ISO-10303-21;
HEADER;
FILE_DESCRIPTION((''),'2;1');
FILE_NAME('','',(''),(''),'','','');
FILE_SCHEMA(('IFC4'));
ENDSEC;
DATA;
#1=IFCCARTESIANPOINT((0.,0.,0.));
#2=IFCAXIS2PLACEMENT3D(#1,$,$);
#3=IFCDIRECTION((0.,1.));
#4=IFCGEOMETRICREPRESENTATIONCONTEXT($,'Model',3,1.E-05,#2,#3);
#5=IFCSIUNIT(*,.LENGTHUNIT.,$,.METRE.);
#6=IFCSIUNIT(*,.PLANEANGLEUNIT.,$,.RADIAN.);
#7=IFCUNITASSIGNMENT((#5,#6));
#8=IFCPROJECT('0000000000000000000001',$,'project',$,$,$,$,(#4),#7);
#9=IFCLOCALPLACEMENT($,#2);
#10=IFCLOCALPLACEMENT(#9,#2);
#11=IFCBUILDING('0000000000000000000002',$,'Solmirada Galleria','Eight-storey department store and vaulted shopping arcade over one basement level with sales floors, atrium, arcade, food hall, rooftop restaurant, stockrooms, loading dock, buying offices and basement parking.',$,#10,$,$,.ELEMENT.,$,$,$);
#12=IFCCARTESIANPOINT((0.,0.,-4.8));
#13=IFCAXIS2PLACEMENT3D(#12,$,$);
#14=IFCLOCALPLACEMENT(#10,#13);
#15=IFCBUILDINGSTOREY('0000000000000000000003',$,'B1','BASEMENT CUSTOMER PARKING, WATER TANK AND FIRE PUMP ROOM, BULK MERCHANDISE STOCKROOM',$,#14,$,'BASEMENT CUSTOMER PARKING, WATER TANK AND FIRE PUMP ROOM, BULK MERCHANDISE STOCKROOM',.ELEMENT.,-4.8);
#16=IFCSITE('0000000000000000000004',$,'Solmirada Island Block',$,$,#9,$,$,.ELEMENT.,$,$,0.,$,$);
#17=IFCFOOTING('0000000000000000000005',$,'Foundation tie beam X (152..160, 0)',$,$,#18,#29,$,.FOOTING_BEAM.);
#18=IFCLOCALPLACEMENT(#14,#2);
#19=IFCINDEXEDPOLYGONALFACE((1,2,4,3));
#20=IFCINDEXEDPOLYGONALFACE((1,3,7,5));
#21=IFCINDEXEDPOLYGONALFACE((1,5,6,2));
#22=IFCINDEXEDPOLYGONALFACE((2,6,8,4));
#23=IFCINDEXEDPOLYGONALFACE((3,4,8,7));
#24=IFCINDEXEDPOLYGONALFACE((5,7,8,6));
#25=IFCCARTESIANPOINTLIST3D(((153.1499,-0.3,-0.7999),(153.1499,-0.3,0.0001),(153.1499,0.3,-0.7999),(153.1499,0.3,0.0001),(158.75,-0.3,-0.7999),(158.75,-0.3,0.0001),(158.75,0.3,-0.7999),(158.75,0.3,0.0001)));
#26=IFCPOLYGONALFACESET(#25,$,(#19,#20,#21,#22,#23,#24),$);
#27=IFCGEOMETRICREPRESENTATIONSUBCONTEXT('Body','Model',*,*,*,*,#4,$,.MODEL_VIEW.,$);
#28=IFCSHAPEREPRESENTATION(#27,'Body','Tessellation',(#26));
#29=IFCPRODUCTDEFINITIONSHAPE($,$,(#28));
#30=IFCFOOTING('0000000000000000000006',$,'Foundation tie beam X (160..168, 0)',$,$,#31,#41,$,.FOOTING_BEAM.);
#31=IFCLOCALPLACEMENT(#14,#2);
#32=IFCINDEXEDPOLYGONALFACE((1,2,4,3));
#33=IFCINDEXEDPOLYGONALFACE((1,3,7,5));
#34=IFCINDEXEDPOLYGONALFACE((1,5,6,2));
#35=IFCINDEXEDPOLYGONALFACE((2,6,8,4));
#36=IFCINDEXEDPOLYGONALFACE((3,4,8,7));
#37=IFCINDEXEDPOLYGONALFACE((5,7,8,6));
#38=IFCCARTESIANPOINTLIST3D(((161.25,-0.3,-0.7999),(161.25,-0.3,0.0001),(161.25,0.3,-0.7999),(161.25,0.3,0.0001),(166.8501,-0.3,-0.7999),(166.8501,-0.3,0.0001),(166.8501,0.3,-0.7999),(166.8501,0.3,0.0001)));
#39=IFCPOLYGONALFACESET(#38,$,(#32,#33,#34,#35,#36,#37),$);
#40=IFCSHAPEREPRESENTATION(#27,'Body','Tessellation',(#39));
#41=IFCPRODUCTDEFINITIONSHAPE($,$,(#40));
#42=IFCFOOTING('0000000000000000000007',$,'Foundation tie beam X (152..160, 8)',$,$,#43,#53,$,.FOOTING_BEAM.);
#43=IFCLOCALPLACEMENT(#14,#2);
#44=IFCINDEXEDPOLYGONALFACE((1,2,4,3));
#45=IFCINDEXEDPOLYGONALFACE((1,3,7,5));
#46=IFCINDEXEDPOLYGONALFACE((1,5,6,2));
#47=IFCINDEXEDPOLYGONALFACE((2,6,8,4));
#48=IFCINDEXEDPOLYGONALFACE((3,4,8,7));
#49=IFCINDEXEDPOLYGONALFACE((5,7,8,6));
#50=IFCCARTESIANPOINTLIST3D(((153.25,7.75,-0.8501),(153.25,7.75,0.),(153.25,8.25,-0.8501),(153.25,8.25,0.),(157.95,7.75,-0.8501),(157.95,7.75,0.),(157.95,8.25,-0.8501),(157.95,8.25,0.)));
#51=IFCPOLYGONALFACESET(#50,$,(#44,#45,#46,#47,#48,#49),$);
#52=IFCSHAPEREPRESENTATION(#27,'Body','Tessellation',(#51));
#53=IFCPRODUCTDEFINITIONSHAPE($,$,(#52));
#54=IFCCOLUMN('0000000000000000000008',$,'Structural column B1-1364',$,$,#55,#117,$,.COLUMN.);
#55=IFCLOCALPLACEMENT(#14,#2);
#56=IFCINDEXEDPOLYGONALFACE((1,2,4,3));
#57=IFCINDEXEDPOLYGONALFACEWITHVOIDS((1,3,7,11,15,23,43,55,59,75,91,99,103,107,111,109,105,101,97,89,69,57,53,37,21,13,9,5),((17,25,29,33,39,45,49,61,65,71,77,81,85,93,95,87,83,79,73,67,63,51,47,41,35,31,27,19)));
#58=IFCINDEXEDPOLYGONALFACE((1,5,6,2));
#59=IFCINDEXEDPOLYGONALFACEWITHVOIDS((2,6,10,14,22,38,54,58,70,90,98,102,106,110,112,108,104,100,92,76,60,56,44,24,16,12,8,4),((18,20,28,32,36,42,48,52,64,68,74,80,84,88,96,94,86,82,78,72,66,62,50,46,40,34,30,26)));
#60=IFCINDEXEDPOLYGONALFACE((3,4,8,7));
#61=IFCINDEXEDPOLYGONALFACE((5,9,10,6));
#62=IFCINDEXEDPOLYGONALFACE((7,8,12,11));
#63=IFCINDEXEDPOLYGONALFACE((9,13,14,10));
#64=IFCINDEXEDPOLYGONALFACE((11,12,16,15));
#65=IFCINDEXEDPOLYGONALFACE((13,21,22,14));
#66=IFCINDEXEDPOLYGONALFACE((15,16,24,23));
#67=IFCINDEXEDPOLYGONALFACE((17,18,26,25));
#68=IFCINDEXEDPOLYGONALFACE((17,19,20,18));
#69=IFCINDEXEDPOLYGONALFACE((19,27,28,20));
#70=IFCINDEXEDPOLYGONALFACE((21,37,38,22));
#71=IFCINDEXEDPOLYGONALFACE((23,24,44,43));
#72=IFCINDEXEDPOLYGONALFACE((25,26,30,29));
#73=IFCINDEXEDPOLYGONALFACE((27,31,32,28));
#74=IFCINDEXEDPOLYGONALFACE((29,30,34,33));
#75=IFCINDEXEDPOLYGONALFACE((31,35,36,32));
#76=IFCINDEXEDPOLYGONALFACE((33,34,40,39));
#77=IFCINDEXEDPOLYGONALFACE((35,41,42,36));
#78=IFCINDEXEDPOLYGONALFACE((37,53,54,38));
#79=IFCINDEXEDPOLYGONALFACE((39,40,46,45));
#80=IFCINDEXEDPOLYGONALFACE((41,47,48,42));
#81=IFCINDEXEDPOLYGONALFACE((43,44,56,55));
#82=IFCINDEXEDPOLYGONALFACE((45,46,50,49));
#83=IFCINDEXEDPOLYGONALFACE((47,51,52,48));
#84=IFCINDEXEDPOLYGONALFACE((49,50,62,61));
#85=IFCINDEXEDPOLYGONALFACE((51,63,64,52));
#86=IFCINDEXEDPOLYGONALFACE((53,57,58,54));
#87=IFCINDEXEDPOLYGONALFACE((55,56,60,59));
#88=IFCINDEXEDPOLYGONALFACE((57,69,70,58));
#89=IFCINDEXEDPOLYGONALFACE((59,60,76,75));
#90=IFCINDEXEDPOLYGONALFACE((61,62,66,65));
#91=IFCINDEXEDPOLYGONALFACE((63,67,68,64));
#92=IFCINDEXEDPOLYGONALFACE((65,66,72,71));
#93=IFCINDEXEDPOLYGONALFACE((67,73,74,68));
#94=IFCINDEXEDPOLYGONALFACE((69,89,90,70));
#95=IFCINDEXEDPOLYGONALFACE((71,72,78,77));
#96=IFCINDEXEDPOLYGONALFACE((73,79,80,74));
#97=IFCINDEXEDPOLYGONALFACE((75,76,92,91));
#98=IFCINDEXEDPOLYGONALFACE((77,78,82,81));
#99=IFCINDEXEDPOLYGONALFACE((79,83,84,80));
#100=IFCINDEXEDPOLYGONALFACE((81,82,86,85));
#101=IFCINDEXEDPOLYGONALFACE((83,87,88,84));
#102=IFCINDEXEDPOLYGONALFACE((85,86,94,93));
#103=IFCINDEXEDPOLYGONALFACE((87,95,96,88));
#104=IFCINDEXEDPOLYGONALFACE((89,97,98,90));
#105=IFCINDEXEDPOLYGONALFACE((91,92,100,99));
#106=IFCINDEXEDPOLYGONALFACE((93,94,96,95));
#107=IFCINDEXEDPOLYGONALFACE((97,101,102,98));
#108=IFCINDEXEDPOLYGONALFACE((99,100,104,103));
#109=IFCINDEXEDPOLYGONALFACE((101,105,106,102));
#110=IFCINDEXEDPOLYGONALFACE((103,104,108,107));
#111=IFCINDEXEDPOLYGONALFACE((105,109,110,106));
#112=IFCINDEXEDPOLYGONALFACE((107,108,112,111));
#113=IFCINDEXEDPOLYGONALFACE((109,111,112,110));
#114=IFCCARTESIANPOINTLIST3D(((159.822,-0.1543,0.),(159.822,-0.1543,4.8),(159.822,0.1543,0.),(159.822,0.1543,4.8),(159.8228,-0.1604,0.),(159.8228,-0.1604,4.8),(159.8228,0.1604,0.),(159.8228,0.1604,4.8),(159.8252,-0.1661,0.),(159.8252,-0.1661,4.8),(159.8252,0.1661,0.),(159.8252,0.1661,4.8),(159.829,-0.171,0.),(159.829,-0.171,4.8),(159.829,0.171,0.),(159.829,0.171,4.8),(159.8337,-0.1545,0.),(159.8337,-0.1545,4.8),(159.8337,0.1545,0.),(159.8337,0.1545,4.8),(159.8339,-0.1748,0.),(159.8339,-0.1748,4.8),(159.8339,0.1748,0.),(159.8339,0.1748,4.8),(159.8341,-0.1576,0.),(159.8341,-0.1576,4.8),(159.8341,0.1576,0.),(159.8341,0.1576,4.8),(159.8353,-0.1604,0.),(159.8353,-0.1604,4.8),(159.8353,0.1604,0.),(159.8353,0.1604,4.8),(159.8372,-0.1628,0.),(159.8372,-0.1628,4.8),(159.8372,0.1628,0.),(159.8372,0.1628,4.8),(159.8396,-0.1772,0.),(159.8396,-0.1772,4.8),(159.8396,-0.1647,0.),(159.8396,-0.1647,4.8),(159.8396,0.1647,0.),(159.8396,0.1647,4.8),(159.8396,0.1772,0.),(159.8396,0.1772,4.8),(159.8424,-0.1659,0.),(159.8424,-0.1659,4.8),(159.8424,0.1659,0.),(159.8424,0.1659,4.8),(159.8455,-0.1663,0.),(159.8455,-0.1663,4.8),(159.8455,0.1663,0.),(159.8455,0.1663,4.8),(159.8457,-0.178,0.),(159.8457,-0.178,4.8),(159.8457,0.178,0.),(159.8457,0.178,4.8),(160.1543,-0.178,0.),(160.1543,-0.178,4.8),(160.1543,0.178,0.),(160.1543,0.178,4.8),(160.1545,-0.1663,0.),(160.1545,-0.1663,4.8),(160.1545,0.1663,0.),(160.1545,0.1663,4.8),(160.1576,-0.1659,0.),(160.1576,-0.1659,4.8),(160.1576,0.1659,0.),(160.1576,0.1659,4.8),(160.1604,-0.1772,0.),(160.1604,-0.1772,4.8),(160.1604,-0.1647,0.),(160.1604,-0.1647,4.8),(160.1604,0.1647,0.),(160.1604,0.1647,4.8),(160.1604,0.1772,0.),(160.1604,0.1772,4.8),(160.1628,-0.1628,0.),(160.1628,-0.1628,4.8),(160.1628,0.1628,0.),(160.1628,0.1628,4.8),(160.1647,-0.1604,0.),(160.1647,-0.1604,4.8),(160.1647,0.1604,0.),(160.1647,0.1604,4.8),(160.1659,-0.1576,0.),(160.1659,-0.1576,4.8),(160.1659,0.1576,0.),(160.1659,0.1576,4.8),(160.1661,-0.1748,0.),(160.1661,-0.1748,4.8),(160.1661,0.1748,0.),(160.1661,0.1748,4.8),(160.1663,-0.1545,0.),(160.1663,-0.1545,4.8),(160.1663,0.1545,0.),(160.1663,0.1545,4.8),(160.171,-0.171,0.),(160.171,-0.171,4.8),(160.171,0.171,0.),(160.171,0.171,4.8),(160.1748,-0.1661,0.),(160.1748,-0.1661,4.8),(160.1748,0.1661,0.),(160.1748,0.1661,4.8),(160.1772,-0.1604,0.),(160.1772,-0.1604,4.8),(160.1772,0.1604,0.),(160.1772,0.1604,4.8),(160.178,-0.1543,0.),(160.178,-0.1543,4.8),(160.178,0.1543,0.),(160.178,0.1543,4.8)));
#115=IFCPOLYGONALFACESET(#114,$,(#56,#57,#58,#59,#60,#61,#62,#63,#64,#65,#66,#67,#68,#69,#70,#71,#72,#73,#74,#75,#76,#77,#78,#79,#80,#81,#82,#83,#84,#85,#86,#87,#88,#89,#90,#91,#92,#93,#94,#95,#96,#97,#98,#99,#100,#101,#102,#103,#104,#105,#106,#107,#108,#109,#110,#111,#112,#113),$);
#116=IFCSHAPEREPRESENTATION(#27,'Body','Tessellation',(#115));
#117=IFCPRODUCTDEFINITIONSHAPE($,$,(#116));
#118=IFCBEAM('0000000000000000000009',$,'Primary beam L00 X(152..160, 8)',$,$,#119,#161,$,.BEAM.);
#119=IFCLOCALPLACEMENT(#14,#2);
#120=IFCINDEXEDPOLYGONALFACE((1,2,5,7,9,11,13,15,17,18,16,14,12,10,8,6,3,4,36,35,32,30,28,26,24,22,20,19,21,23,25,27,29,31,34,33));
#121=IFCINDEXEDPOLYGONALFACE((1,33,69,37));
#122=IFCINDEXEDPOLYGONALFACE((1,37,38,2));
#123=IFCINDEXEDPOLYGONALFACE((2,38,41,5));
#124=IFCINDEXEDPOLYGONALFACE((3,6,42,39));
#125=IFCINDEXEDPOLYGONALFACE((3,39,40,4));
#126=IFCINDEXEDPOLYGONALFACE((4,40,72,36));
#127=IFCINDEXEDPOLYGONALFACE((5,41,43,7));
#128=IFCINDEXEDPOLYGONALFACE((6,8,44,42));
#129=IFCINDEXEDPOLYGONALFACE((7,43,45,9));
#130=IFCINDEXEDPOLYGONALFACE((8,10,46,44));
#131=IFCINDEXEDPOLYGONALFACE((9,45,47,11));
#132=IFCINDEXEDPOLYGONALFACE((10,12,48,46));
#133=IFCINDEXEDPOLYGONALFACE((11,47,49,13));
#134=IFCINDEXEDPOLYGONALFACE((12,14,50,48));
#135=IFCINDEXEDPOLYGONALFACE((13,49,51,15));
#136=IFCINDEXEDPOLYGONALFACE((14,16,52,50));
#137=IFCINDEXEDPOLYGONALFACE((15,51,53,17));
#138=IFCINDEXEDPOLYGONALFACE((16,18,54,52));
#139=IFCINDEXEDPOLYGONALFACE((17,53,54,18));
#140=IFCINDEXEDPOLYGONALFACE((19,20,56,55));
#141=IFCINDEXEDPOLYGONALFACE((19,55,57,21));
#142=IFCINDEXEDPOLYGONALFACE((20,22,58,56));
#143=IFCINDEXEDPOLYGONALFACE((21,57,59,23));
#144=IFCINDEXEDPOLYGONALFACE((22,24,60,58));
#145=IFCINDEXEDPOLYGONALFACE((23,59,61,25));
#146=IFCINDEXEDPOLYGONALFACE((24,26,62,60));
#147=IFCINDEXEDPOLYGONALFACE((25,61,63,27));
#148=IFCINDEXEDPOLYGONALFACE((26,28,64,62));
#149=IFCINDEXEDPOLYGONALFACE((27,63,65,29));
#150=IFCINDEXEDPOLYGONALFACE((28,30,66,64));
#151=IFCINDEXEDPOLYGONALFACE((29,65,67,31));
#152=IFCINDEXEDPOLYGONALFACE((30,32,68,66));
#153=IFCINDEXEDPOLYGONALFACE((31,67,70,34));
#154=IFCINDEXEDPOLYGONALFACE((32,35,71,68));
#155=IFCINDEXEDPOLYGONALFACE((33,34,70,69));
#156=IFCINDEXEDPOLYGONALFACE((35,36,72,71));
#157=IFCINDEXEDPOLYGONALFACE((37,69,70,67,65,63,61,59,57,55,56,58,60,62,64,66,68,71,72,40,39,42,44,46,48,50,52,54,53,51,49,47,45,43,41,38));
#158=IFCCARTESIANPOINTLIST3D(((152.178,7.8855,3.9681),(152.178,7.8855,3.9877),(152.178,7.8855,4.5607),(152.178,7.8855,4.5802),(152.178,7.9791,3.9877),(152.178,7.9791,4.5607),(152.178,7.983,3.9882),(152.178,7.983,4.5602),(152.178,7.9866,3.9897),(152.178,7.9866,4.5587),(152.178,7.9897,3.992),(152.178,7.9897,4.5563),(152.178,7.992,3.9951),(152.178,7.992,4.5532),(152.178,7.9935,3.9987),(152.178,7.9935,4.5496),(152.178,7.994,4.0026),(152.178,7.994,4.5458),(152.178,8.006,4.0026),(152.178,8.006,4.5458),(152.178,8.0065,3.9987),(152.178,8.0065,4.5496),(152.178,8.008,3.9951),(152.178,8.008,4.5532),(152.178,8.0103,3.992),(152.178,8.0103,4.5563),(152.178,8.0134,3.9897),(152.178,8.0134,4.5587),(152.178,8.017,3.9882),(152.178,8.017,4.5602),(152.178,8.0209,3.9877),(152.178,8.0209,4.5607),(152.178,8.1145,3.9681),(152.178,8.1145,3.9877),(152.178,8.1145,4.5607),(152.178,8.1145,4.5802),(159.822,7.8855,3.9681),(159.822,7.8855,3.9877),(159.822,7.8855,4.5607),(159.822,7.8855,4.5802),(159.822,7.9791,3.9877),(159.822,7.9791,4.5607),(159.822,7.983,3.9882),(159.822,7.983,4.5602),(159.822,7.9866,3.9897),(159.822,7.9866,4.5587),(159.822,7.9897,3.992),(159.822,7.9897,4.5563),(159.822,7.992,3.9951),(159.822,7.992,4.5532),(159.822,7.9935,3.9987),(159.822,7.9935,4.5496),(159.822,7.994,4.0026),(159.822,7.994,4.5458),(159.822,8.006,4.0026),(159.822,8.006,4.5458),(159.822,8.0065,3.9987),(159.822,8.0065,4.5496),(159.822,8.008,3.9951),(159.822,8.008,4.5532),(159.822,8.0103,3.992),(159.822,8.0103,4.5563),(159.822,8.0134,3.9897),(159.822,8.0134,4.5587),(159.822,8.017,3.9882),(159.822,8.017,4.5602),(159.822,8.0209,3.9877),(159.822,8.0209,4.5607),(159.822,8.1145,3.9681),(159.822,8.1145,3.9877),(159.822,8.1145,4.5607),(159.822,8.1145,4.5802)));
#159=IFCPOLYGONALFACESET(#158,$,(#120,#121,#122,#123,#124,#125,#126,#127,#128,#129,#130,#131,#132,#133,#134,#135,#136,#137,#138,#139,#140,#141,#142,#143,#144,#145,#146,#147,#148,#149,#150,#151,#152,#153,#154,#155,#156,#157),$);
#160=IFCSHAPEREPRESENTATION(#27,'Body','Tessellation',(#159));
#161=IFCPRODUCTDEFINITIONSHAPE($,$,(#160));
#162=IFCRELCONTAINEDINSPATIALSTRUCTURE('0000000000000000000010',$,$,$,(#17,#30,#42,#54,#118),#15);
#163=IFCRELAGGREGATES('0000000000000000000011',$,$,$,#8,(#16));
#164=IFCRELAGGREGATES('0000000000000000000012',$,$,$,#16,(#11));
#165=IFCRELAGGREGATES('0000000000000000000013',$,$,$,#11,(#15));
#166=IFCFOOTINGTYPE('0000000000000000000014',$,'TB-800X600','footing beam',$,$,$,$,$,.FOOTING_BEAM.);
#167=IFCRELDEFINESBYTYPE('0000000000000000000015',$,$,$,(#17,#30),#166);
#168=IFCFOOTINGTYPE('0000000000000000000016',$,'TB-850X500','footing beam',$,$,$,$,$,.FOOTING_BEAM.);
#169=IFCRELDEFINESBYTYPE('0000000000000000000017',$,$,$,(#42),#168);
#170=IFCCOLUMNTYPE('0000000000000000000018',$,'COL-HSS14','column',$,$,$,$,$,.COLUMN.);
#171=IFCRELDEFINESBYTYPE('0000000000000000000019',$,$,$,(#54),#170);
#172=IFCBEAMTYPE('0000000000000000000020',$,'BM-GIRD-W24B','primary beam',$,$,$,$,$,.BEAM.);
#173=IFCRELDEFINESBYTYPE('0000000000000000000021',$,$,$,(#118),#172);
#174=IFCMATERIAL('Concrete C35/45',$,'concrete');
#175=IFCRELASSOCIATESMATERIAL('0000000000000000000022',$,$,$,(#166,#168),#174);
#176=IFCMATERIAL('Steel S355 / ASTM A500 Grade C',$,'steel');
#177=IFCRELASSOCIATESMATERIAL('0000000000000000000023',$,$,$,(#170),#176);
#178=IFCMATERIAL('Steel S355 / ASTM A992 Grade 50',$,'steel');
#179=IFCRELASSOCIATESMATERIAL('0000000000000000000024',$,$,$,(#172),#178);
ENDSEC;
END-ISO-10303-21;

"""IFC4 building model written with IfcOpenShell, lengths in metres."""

from ifc_helpers import new_model, si_unit, direction, frame, origin, origin_2d, place, context, subcontext, project, spatial, rectangle, hollow_rectangle, i_section, extrude, material, material_profile, profile_set, type_object, element, save


model = new_model("IFC4")

# Units and contexts
model_context = context("Model", 3, precision=1e-05, world=origin(), true_north=direction((0.0, 1.0)))
body_context = subcontext(model_context, "Body", "Model", "MODEL_VIEW")
ifc_project = project(units=[si_unit("LENGTHUNIT", "METRE"), si_unit("PLANEANGLEUNIT", "RADIAN")], contexts=[model_context])

# Site, building, storey
site_placement = place(None, origin())
site = spatial("IfcSite", under=ifc_project, at=site_placement, Name="Solmirada Island Block", CompositionType="ELEMENT", RefElevation=0.0)
building_placement = place(site_placement, origin())
building = spatial("IfcBuilding", under=site, at=building_placement, Name="Solmirada Galleria", Description="Eight-storey department store and vaulted shopping arcade over one basement level with sales floors, atrium, arcade, food hall, rooftop restaurant, stockrooms, loading dock, buying offices and basement parking.", CompositionType="ELEMENT")
storey_placement = place(building_placement, frame((0.0, 0.0, -4.8)))
storey = spatial("IfcBuildingStorey", under=building, at=storey_placement, Name="B1", Description="BASEMENT CUSTOMER PARKING, WATER TANK AND FIRE PUMP ROOM, BULK MERCHANDISE STOCKROOM", LongName="BASEMENT CUSTOMER PARKING, WATER TANK AND FIRE PUMP ROOM, BULK MERCHANDISE STOCKROOM", CompositionType="ELEMENT", Elevation=-4.8)

# Shared definitions
ifc_material_1 = material(Name="Concrete C35/45", Category="concrete")

# Footings
ifc_material_profile_1 = material_profile(ifc_material_1, rectangle(XDim=0.6001, YDim=0.8, at=origin_2d()), Name="RC800X600")
ifc_profile_set_1 = profile_set([ifc_material_profile_1], Name="Concrete C35/45")
footing_type_1 = type_object("IfcFootingType", Name="TB-800X600", Description="footing beam", PredefinedType="FOOTING_BEAM", material=ifc_profile_set_1)
for number, where, z_axis, x_axis, name in (
    (1, (153.1499, 0.0, -0.3999), (1.0, 0.0, 0.0), (0.0, 1.0, 0.0), "Foundation tie beam X (152..160, 0)"),
    (2, (161.25, 0.0, -0.3999), (1.0, 0.0, 0.0), (0.0, 1.0, 0.0), "Foundation tie beam X (160..168, 0)"),
):
    element("IfcFooting", number, at=place(storey_placement, frame(where, z_axis=z_axis, x_axis=x_axis)), inside=storey, type_object=footing_type_1, Name=name, PredefinedType="FOOTING_BEAM", context=body_context, shape_type="SweptSolid", body=[
        extrude(rectangle(XDim=0.6001, YDim=0.8, at=origin_2d()), origin(), (0.0, 0.0, 1.0), 5.6001),
    ])
ifc_material_profile_2 = material_profile(ifc_material_1, rectangle(XDim=0.5, YDim=0.8501, at=origin_2d()), Name="RC850X500")
ifc_profile_set_2 = profile_set([ifc_material_profile_2], Name="Concrete C35/45")
footing_type_2 = type_object("IfcFootingType", Name="TB-850X500", Description="footing beam", PredefinedType="FOOTING_BEAM", material=ifc_profile_set_2)
footing_1_placement = place(storey_placement, frame((153.25, 8.0, -0.425), z_axis=(1.0, 0.0, 0.0), x_axis=(0.0, 1.0, 0.0)))
element("IfcFooting", 3, at=footing_1_placement, inside=storey, type_object=footing_type_2, Name="Foundation tie beam X (152..160, 8)", PredefinedType="FOOTING_BEAM", context=body_context, shape_type="SweptSolid", body=[
    extrude(rectangle(XDim=0.5, YDim=0.8501, at=origin_2d()), origin(), (0.0, 0.0, 1.0), 4.7),
])

# Column
ifc_material_2 = material(Name="Steel S355 / ASTM A500 Grade C", Category="steel")
ifc_material_profile_3 = material_profile(ifc_material_2, hollow_rectangle(XDim=0.356, YDim=0.356, WallThickness=0.0117, InnerFilletRadius=0.0117, OuterFilletRadius=0.0237, at=origin_2d()), Name="HSS14X14X1/2")
ifc_profile_set_3 = profile_set([ifc_material_profile_3], Name="Steel S355 / ASTM A500 Grade C")
column_type = type_object("IfcColumnType", Name="COL-HSS14", Description="column", PredefinedType="COLUMN", material=ifc_profile_set_3)
column_placement = place(storey_placement, frame((160.0, 0.0, 0.0), z_axis=(0.0, 0.0, 1.0), x_axis=(1.0, 0.0, 0.0)))
element("IfcColumn", 4, at=column_placement, inside=storey, type_object=column_type, Name="Structural column B1-1364", PredefinedType="COLUMN", context=body_context, shape_type="SweptSolid", body=[
    extrude(hollow_rectangle(XDim=0.356, YDim=0.356, WallThickness=0.0117, InnerFilletRadius=0.0117, OuterFilletRadius=0.0237, at=origin_2d()), origin(), (0.0, 0.0, 1.0), 4.8),
])

# Beam
ifc_material_3 = material(Name="Steel S355 / ASTM A992 Grade 50", Category="steel")
ifc_material_profile_4 = material_profile(ifc_material_3, i_section(OverallWidth=0.229, OverallDepth=0.6121, WebThickness=0.012, FlangeThickness=0.0195, FilletRadius=0.0149, at=origin_2d()), Name="W24X84")
ifc_profile_set_4 = profile_set([ifc_material_profile_4], Name="Steel S355 / ASTM A992 Grade 50")
beam_type_1 = type_object("IfcBeamType", Name="BM-GIRD-W24B", Description="primary beam", PredefinedType="BEAM", material=ifc_profile_set_4)
beam_1_placement = place(storey_placement, frame((152.178, 8.0, 4.2742), z_axis=(1.0, 0.0, 0.0), x_axis=(0.0, 1.0, 0.0)))
element("IfcBeam", 5, at=beam_1_placement, inside=storey, type_object=beam_type_1, Name="Primary beam L00 X(152..160, 8)", PredefinedType="BEAM", context=body_context, shape_type="SweptSolid", body=[
    extrude(i_section(OverallWidth=0.229, OverallDepth=0.6121, WebThickness=0.012, FlangeThickness=0.0195, FilletRadius=0.0149, at=origin_2d()), origin(), (0.0, 0.0, 1.0), 7.644),
])

save(model, "model.ifc")
